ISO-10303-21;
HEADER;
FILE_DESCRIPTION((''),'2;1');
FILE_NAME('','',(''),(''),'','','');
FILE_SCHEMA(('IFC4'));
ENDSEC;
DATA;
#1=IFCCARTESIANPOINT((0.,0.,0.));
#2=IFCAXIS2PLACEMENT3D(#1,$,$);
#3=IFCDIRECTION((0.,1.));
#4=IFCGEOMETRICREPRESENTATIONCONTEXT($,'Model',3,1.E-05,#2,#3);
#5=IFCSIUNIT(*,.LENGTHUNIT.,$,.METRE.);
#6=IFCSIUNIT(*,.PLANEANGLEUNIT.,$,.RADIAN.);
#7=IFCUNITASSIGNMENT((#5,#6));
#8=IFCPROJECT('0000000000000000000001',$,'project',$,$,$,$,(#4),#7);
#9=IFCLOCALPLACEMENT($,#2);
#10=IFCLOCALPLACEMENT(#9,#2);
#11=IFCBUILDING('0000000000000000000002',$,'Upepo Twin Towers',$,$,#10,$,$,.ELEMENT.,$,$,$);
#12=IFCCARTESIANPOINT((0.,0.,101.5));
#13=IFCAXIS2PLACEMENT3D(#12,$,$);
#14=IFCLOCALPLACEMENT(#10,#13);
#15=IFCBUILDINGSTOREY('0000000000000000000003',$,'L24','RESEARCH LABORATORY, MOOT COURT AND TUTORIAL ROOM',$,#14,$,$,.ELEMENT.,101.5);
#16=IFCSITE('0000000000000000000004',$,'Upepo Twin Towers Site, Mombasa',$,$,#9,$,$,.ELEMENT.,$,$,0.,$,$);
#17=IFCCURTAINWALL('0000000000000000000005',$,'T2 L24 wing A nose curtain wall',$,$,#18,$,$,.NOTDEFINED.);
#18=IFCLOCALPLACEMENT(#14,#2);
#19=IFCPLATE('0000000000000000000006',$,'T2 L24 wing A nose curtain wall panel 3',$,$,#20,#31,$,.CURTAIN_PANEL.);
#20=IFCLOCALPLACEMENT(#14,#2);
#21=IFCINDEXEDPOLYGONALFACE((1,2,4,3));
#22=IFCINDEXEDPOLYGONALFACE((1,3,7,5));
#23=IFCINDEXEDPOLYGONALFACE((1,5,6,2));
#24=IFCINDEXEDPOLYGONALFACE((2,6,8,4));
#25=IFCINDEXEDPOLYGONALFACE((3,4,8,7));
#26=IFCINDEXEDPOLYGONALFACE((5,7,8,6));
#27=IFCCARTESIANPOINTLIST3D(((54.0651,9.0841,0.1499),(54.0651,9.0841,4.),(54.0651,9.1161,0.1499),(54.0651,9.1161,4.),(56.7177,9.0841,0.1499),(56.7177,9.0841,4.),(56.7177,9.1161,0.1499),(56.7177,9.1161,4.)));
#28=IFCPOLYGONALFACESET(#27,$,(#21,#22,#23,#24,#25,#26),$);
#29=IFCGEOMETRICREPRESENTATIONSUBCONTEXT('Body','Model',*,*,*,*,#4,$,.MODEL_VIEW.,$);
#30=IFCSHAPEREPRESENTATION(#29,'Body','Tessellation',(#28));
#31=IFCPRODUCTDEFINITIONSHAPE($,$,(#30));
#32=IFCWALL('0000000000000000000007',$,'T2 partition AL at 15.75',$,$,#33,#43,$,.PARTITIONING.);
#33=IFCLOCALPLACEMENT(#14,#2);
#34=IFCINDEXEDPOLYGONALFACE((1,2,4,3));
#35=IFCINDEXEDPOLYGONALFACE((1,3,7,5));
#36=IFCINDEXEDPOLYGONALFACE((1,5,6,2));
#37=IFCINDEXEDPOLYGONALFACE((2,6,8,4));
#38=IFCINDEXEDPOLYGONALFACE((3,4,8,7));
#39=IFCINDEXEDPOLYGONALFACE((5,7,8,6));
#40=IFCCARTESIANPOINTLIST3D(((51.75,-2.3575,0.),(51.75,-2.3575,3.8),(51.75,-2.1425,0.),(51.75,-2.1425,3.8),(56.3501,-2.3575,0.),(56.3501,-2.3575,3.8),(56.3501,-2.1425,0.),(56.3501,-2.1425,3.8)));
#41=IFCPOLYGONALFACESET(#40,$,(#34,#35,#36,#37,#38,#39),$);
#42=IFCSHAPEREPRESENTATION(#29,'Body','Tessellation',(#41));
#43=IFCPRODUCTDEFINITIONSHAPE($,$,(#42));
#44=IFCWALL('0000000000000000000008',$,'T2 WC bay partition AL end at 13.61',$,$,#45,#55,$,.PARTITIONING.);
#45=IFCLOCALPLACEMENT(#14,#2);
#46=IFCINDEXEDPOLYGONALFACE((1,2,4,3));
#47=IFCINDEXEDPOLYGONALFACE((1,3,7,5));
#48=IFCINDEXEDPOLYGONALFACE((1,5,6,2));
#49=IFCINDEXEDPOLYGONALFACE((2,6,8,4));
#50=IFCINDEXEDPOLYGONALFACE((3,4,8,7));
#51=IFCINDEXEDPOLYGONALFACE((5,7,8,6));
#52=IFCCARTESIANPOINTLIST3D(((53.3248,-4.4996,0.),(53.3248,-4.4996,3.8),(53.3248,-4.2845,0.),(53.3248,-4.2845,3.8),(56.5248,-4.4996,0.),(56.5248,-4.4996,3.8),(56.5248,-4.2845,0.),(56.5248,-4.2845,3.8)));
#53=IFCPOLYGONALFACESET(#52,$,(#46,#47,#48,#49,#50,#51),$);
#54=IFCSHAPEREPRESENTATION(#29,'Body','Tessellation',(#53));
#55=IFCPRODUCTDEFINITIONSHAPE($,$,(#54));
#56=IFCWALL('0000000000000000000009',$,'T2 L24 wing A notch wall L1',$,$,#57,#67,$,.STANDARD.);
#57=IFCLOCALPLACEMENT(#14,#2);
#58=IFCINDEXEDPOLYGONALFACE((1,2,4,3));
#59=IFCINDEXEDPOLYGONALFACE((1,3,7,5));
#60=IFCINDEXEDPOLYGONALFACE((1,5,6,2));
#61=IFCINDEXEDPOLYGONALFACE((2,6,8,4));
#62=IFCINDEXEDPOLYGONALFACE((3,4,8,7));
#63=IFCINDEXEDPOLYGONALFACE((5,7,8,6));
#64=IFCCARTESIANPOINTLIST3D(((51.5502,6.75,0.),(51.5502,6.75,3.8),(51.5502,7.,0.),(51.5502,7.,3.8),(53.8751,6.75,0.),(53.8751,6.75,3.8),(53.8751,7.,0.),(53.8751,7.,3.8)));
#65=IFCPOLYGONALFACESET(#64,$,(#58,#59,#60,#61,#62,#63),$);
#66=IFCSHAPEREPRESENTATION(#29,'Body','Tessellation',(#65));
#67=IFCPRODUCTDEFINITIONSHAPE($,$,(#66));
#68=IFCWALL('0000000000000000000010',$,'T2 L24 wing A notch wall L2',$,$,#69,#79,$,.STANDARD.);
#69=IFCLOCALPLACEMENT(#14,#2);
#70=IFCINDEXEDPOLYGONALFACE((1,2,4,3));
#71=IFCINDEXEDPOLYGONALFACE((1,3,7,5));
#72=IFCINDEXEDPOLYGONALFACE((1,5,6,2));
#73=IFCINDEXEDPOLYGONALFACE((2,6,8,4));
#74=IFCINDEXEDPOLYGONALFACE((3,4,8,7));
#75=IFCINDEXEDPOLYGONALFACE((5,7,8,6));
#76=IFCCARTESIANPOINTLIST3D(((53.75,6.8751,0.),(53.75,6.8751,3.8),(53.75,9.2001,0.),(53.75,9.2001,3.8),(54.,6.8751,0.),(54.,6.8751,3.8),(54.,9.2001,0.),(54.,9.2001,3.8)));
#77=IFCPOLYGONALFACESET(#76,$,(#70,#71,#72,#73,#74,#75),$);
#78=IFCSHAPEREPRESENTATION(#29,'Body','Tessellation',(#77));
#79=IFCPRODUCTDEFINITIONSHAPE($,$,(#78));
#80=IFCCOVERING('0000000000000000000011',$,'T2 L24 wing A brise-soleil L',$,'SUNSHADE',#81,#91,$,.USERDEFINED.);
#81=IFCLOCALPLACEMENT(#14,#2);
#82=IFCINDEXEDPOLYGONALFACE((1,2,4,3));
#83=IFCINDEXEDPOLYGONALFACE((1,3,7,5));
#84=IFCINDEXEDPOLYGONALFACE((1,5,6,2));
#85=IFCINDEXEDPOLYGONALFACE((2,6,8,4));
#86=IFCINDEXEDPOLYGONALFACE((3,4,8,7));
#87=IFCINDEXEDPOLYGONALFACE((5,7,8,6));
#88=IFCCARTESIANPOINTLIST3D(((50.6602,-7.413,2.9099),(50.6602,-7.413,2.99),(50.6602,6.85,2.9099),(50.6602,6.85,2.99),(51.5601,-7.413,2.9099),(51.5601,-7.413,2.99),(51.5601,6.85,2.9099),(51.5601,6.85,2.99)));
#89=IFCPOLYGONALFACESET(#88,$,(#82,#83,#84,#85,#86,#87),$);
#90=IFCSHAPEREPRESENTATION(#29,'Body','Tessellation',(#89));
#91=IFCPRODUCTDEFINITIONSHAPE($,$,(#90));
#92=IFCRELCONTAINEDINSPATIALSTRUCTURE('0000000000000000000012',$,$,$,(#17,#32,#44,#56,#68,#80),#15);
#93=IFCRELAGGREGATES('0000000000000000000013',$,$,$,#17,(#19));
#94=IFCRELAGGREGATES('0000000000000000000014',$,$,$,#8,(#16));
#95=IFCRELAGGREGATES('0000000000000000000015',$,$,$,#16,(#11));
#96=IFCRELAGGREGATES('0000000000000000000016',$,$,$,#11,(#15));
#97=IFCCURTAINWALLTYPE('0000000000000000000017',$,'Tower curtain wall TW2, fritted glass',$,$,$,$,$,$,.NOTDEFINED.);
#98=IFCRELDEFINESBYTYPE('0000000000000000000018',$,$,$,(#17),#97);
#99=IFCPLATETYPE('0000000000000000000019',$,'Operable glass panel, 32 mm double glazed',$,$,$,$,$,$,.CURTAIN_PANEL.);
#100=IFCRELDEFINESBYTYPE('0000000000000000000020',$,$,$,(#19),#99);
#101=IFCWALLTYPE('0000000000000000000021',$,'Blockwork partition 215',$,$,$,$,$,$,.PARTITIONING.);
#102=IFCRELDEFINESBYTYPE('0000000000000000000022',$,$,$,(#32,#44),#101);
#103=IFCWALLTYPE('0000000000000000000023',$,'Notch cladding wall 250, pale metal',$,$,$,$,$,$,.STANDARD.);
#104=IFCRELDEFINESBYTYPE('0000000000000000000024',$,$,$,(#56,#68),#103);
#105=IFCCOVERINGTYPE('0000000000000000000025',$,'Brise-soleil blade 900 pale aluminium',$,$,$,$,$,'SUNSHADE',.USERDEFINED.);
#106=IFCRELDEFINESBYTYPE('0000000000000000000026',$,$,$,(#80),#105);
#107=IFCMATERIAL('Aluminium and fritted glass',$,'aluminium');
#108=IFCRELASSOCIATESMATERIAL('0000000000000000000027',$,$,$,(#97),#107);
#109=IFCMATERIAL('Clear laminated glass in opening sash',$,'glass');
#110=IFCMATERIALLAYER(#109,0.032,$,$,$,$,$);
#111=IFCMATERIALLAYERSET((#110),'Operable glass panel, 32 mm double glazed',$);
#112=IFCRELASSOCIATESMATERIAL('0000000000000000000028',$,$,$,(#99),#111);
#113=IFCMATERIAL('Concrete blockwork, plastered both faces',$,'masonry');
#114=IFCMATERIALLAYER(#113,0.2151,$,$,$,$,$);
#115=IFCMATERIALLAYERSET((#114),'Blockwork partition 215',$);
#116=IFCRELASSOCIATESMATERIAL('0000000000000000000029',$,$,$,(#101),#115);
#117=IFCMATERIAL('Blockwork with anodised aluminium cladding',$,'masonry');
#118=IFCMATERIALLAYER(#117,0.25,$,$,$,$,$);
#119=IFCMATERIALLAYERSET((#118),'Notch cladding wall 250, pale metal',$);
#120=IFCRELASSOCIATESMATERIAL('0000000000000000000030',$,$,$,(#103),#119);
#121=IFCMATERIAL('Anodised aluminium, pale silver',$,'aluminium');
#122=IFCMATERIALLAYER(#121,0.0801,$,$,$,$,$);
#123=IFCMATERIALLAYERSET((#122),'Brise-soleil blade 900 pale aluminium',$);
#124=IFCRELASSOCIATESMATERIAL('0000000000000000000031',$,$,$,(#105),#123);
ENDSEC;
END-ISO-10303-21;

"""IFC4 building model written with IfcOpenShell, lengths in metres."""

from ifc_helpers import new_model, si_unit, direction, frame, frame_2d, origin, origin_2d, place, context, subcontext, project, spatial, rectangle, extrude, material, layer, layer_set, type_object, element, aggregate, save


model = new_model("IFC4")

# Units and contexts
model_context = context("Model", 3, precision=1e-05, world=origin(), true_north=direction((0.0, 1.0)))
body_context = subcontext(model_context, "Body", "Model", "MODEL_VIEW")
ifc_project = project(units=[si_unit("LENGTHUNIT", "METRE"), si_unit("PLANEANGLEUNIT", "RADIAN")], contexts=[model_context])

# Site, building, storey
site_placement = place(None, origin())
site = spatial("IfcSite", under=ifc_project, at=site_placement, Name="Upepo Twin Towers Site, Mombasa", CompositionType="ELEMENT", RefElevation=0.0)
building_placement = place(site_placement, origin())
building = spatial("IfcBuilding", under=site, at=building_placement, Name="Upepo Twin Towers", CompositionType="ELEMENT")
storey_placement = place(building_placement, frame((0.0, 0.0, 101.5)))
storey = spatial("IfcBuildingStorey", under=building, at=storey_placement, Name="L24", Description="RESEARCH LABORATORY, MOOT COURT AND TUTORIAL ROOM", CompositionType="ELEMENT", Elevation=101.5)

# Shared definitions
ifc_material_1 = material(Name="Aluminium and fritted glass", Category="aluminium")
curtain_wall_type = type_object("IfcCurtainWallType", Name="Tower curtain wall TW2, fritted glass", PredefinedType="NOTDEFINED", material=ifc_material_1)

# Curtain wall
curtain_wall_1_placement = place(storey_placement, origin())
curtain_wall_1 = element("IfcCurtainWall", 1, at=curtain_wall_1_placement, inside=storey, type_object=curtain_wall_type, Name="T2 L24 wing A nose curtain wall", PredefinedType="NOTDEFINED")

# Plate
ifc_material_2 = material(Name="Clear laminated glass in opening sash", Category="glass")
ifc_layer_1 = layer(ifc_material_2, 0.032)
ifc_layer_set_1 = layer_set([ifc_layer_1], Name="Operable glass panel, 32 mm double glazed")
plate_type_1 = type_object("IfcPlateType", Name="Operable glass panel, 32 mm double glazed", PredefinedType="CURTAIN_PANEL", material=ifc_layer_set_1)
plate_1_placement = place(storey_placement, frame((55.3914, 9.1001, 0.1499), z_axis=(0.0, 0.0, 1.0), x_axis=(-1.0, 0.0, 0.0)))
plate_1 = element("IfcPlate", 2, at=plate_1_placement, type_object=plate_type_1, Name="T2 L24 wing A nose curtain wall panel 3", PredefinedType="CURTAIN_PANEL", context=body_context, shape_type="SweptSolid", body=[
    extrude(rectangle(XDim=2.6526, YDim=0.032, at=origin_2d()), origin(), (0.0, 0.0, 1.0), 3.8501),
])
aggregate(curtain_wall_1, [plate_1])

# Walls
ifc_material_3 = material(Name="Concrete blockwork, plastered both faces", Category="masonry")
ifc_layer_2 = layer(ifc_material_3, 0.2151)
ifc_layer_set_2 = layer_set([ifc_layer_2], Name="Blockwork partition 215")
wall_type_1 = type_object("IfcWallType", Name="Blockwork partition 215", PredefinedType="PARTITIONING", material=ifc_layer_set_2)
wall_1_placement = place(storey_placement, frame((56.3501, -2.25, 0.0), z_axis=(0.0, 0.0, 1.0), x_axis=(-1.0, 0.0, 0.0)))
element("IfcWall", 3, at=wall_1_placement, inside=storey, type_object=wall_type_1, Name="T2 partition AL at 15.75", PredefinedType="PARTITIONING", context=body_context, shape_type="SweptSolid", body=[
    extrude(rectangle(XDim=4.6001, YDim=0.2151, at=frame_2d((2.3, 0.0))), origin(), (0.0, 0.0, 1.0), 3.8),
])
wall_2_placement = place(storey_placement, frame((56.5249, -4.3921, 0.0), z_axis=(0.0, 0.0, 1.0), x_axis=(-1.0, 0.0, 0.0)))
element("IfcWall", 4, at=wall_2_placement, inside=storey, type_object=wall_type_1, Name="T2 WC bay partition AL end at 13.61", PredefinedType="PARTITIONING", context=body_context, shape_type="SweptSolid", body=[
    extrude(rectangle(XDim=3.2, YDim=0.2151, at=frame_2d((1.6001, 0.0))), origin(), (0.0, 0.0, 1.0), 3.8),
])
ifc_material_4 = material(Name="Blockwork with anodised aluminium cladding", Category="masonry")
ifc_layer_3 = layer(ifc_material_4, 0.25)
ifc_layer_set_3 = layer_set([ifc_layer_3], Name="Notch cladding wall 250, pale metal")
wall_type_2 = type_object("IfcWallType", Name="Notch cladding wall 250, pale metal", PredefinedType="STANDARD", material=ifc_layer_set_3)
for number, where, z_axis, x_axis, name in (
    (5, (51.55, 6.875, 0.0), (0.0, 0.0, 1.0), (1.0, 0.0, 0.0), "T2 L24 wing A notch wall L1"),
    (6, (53.875, 6.875, 0.0), (0.0, 0.0, 1.0), (0.0, 1.0, 0.0), "T2 L24 wing A notch wall L2"),
):
    element("IfcWall", number, at=place(storey_placement, frame(where, z_axis=z_axis, x_axis=x_axis)), inside=storey, type_object=wall_type_2, Name=name, PredefinedType="STANDARD", context=body_context, shape_type="SweptSolid", body=[
        extrude(rectangle(XDim=2.325, YDim=0.25, at=frame_2d((1.1626, 0.0))), origin(), (0.0, 0.0, 1.0), 3.8),
    ])

# Covering
ifc_material_5 = material(Name="Anodised aluminium, pale silver", Category="aluminium")
ifc_layer_4 = layer(ifc_material_5, 0.0801)
ifc_layer_set_4 = layer_set([ifc_layer_4], Name="Brise-soleil blade 900 pale aluminium")
covering_type = type_object("IfcCoveringType", Name="Brise-soleil blade 900 pale aluminium", ElementType="SUNSHADE", PredefinedType="USERDEFINED", material=ifc_layer_set_4)
covering_placement = place(storey_placement, frame((51.1101, -0.2815, 2.9099), z_axis=(0.0, 0.0, 1.0), x_axis=(0.0, 1.0, 0.0)))
element("IfcCovering", 7, at=covering_placement, inside=storey, type_object=covering_type, Name="T2 L24 wing A brise-soleil L", ObjectType="SUNSHADE", PredefinedType="USERDEFINED", context=body_context, shape_type="SweptSolid", body=[
    extrude(rectangle(XDim=14.2629, YDim=0.8999, at=origin_2d()), origin(), (0.0, 0.0, 1.0), 0.0801),
])

save(model, "model.ifc")
